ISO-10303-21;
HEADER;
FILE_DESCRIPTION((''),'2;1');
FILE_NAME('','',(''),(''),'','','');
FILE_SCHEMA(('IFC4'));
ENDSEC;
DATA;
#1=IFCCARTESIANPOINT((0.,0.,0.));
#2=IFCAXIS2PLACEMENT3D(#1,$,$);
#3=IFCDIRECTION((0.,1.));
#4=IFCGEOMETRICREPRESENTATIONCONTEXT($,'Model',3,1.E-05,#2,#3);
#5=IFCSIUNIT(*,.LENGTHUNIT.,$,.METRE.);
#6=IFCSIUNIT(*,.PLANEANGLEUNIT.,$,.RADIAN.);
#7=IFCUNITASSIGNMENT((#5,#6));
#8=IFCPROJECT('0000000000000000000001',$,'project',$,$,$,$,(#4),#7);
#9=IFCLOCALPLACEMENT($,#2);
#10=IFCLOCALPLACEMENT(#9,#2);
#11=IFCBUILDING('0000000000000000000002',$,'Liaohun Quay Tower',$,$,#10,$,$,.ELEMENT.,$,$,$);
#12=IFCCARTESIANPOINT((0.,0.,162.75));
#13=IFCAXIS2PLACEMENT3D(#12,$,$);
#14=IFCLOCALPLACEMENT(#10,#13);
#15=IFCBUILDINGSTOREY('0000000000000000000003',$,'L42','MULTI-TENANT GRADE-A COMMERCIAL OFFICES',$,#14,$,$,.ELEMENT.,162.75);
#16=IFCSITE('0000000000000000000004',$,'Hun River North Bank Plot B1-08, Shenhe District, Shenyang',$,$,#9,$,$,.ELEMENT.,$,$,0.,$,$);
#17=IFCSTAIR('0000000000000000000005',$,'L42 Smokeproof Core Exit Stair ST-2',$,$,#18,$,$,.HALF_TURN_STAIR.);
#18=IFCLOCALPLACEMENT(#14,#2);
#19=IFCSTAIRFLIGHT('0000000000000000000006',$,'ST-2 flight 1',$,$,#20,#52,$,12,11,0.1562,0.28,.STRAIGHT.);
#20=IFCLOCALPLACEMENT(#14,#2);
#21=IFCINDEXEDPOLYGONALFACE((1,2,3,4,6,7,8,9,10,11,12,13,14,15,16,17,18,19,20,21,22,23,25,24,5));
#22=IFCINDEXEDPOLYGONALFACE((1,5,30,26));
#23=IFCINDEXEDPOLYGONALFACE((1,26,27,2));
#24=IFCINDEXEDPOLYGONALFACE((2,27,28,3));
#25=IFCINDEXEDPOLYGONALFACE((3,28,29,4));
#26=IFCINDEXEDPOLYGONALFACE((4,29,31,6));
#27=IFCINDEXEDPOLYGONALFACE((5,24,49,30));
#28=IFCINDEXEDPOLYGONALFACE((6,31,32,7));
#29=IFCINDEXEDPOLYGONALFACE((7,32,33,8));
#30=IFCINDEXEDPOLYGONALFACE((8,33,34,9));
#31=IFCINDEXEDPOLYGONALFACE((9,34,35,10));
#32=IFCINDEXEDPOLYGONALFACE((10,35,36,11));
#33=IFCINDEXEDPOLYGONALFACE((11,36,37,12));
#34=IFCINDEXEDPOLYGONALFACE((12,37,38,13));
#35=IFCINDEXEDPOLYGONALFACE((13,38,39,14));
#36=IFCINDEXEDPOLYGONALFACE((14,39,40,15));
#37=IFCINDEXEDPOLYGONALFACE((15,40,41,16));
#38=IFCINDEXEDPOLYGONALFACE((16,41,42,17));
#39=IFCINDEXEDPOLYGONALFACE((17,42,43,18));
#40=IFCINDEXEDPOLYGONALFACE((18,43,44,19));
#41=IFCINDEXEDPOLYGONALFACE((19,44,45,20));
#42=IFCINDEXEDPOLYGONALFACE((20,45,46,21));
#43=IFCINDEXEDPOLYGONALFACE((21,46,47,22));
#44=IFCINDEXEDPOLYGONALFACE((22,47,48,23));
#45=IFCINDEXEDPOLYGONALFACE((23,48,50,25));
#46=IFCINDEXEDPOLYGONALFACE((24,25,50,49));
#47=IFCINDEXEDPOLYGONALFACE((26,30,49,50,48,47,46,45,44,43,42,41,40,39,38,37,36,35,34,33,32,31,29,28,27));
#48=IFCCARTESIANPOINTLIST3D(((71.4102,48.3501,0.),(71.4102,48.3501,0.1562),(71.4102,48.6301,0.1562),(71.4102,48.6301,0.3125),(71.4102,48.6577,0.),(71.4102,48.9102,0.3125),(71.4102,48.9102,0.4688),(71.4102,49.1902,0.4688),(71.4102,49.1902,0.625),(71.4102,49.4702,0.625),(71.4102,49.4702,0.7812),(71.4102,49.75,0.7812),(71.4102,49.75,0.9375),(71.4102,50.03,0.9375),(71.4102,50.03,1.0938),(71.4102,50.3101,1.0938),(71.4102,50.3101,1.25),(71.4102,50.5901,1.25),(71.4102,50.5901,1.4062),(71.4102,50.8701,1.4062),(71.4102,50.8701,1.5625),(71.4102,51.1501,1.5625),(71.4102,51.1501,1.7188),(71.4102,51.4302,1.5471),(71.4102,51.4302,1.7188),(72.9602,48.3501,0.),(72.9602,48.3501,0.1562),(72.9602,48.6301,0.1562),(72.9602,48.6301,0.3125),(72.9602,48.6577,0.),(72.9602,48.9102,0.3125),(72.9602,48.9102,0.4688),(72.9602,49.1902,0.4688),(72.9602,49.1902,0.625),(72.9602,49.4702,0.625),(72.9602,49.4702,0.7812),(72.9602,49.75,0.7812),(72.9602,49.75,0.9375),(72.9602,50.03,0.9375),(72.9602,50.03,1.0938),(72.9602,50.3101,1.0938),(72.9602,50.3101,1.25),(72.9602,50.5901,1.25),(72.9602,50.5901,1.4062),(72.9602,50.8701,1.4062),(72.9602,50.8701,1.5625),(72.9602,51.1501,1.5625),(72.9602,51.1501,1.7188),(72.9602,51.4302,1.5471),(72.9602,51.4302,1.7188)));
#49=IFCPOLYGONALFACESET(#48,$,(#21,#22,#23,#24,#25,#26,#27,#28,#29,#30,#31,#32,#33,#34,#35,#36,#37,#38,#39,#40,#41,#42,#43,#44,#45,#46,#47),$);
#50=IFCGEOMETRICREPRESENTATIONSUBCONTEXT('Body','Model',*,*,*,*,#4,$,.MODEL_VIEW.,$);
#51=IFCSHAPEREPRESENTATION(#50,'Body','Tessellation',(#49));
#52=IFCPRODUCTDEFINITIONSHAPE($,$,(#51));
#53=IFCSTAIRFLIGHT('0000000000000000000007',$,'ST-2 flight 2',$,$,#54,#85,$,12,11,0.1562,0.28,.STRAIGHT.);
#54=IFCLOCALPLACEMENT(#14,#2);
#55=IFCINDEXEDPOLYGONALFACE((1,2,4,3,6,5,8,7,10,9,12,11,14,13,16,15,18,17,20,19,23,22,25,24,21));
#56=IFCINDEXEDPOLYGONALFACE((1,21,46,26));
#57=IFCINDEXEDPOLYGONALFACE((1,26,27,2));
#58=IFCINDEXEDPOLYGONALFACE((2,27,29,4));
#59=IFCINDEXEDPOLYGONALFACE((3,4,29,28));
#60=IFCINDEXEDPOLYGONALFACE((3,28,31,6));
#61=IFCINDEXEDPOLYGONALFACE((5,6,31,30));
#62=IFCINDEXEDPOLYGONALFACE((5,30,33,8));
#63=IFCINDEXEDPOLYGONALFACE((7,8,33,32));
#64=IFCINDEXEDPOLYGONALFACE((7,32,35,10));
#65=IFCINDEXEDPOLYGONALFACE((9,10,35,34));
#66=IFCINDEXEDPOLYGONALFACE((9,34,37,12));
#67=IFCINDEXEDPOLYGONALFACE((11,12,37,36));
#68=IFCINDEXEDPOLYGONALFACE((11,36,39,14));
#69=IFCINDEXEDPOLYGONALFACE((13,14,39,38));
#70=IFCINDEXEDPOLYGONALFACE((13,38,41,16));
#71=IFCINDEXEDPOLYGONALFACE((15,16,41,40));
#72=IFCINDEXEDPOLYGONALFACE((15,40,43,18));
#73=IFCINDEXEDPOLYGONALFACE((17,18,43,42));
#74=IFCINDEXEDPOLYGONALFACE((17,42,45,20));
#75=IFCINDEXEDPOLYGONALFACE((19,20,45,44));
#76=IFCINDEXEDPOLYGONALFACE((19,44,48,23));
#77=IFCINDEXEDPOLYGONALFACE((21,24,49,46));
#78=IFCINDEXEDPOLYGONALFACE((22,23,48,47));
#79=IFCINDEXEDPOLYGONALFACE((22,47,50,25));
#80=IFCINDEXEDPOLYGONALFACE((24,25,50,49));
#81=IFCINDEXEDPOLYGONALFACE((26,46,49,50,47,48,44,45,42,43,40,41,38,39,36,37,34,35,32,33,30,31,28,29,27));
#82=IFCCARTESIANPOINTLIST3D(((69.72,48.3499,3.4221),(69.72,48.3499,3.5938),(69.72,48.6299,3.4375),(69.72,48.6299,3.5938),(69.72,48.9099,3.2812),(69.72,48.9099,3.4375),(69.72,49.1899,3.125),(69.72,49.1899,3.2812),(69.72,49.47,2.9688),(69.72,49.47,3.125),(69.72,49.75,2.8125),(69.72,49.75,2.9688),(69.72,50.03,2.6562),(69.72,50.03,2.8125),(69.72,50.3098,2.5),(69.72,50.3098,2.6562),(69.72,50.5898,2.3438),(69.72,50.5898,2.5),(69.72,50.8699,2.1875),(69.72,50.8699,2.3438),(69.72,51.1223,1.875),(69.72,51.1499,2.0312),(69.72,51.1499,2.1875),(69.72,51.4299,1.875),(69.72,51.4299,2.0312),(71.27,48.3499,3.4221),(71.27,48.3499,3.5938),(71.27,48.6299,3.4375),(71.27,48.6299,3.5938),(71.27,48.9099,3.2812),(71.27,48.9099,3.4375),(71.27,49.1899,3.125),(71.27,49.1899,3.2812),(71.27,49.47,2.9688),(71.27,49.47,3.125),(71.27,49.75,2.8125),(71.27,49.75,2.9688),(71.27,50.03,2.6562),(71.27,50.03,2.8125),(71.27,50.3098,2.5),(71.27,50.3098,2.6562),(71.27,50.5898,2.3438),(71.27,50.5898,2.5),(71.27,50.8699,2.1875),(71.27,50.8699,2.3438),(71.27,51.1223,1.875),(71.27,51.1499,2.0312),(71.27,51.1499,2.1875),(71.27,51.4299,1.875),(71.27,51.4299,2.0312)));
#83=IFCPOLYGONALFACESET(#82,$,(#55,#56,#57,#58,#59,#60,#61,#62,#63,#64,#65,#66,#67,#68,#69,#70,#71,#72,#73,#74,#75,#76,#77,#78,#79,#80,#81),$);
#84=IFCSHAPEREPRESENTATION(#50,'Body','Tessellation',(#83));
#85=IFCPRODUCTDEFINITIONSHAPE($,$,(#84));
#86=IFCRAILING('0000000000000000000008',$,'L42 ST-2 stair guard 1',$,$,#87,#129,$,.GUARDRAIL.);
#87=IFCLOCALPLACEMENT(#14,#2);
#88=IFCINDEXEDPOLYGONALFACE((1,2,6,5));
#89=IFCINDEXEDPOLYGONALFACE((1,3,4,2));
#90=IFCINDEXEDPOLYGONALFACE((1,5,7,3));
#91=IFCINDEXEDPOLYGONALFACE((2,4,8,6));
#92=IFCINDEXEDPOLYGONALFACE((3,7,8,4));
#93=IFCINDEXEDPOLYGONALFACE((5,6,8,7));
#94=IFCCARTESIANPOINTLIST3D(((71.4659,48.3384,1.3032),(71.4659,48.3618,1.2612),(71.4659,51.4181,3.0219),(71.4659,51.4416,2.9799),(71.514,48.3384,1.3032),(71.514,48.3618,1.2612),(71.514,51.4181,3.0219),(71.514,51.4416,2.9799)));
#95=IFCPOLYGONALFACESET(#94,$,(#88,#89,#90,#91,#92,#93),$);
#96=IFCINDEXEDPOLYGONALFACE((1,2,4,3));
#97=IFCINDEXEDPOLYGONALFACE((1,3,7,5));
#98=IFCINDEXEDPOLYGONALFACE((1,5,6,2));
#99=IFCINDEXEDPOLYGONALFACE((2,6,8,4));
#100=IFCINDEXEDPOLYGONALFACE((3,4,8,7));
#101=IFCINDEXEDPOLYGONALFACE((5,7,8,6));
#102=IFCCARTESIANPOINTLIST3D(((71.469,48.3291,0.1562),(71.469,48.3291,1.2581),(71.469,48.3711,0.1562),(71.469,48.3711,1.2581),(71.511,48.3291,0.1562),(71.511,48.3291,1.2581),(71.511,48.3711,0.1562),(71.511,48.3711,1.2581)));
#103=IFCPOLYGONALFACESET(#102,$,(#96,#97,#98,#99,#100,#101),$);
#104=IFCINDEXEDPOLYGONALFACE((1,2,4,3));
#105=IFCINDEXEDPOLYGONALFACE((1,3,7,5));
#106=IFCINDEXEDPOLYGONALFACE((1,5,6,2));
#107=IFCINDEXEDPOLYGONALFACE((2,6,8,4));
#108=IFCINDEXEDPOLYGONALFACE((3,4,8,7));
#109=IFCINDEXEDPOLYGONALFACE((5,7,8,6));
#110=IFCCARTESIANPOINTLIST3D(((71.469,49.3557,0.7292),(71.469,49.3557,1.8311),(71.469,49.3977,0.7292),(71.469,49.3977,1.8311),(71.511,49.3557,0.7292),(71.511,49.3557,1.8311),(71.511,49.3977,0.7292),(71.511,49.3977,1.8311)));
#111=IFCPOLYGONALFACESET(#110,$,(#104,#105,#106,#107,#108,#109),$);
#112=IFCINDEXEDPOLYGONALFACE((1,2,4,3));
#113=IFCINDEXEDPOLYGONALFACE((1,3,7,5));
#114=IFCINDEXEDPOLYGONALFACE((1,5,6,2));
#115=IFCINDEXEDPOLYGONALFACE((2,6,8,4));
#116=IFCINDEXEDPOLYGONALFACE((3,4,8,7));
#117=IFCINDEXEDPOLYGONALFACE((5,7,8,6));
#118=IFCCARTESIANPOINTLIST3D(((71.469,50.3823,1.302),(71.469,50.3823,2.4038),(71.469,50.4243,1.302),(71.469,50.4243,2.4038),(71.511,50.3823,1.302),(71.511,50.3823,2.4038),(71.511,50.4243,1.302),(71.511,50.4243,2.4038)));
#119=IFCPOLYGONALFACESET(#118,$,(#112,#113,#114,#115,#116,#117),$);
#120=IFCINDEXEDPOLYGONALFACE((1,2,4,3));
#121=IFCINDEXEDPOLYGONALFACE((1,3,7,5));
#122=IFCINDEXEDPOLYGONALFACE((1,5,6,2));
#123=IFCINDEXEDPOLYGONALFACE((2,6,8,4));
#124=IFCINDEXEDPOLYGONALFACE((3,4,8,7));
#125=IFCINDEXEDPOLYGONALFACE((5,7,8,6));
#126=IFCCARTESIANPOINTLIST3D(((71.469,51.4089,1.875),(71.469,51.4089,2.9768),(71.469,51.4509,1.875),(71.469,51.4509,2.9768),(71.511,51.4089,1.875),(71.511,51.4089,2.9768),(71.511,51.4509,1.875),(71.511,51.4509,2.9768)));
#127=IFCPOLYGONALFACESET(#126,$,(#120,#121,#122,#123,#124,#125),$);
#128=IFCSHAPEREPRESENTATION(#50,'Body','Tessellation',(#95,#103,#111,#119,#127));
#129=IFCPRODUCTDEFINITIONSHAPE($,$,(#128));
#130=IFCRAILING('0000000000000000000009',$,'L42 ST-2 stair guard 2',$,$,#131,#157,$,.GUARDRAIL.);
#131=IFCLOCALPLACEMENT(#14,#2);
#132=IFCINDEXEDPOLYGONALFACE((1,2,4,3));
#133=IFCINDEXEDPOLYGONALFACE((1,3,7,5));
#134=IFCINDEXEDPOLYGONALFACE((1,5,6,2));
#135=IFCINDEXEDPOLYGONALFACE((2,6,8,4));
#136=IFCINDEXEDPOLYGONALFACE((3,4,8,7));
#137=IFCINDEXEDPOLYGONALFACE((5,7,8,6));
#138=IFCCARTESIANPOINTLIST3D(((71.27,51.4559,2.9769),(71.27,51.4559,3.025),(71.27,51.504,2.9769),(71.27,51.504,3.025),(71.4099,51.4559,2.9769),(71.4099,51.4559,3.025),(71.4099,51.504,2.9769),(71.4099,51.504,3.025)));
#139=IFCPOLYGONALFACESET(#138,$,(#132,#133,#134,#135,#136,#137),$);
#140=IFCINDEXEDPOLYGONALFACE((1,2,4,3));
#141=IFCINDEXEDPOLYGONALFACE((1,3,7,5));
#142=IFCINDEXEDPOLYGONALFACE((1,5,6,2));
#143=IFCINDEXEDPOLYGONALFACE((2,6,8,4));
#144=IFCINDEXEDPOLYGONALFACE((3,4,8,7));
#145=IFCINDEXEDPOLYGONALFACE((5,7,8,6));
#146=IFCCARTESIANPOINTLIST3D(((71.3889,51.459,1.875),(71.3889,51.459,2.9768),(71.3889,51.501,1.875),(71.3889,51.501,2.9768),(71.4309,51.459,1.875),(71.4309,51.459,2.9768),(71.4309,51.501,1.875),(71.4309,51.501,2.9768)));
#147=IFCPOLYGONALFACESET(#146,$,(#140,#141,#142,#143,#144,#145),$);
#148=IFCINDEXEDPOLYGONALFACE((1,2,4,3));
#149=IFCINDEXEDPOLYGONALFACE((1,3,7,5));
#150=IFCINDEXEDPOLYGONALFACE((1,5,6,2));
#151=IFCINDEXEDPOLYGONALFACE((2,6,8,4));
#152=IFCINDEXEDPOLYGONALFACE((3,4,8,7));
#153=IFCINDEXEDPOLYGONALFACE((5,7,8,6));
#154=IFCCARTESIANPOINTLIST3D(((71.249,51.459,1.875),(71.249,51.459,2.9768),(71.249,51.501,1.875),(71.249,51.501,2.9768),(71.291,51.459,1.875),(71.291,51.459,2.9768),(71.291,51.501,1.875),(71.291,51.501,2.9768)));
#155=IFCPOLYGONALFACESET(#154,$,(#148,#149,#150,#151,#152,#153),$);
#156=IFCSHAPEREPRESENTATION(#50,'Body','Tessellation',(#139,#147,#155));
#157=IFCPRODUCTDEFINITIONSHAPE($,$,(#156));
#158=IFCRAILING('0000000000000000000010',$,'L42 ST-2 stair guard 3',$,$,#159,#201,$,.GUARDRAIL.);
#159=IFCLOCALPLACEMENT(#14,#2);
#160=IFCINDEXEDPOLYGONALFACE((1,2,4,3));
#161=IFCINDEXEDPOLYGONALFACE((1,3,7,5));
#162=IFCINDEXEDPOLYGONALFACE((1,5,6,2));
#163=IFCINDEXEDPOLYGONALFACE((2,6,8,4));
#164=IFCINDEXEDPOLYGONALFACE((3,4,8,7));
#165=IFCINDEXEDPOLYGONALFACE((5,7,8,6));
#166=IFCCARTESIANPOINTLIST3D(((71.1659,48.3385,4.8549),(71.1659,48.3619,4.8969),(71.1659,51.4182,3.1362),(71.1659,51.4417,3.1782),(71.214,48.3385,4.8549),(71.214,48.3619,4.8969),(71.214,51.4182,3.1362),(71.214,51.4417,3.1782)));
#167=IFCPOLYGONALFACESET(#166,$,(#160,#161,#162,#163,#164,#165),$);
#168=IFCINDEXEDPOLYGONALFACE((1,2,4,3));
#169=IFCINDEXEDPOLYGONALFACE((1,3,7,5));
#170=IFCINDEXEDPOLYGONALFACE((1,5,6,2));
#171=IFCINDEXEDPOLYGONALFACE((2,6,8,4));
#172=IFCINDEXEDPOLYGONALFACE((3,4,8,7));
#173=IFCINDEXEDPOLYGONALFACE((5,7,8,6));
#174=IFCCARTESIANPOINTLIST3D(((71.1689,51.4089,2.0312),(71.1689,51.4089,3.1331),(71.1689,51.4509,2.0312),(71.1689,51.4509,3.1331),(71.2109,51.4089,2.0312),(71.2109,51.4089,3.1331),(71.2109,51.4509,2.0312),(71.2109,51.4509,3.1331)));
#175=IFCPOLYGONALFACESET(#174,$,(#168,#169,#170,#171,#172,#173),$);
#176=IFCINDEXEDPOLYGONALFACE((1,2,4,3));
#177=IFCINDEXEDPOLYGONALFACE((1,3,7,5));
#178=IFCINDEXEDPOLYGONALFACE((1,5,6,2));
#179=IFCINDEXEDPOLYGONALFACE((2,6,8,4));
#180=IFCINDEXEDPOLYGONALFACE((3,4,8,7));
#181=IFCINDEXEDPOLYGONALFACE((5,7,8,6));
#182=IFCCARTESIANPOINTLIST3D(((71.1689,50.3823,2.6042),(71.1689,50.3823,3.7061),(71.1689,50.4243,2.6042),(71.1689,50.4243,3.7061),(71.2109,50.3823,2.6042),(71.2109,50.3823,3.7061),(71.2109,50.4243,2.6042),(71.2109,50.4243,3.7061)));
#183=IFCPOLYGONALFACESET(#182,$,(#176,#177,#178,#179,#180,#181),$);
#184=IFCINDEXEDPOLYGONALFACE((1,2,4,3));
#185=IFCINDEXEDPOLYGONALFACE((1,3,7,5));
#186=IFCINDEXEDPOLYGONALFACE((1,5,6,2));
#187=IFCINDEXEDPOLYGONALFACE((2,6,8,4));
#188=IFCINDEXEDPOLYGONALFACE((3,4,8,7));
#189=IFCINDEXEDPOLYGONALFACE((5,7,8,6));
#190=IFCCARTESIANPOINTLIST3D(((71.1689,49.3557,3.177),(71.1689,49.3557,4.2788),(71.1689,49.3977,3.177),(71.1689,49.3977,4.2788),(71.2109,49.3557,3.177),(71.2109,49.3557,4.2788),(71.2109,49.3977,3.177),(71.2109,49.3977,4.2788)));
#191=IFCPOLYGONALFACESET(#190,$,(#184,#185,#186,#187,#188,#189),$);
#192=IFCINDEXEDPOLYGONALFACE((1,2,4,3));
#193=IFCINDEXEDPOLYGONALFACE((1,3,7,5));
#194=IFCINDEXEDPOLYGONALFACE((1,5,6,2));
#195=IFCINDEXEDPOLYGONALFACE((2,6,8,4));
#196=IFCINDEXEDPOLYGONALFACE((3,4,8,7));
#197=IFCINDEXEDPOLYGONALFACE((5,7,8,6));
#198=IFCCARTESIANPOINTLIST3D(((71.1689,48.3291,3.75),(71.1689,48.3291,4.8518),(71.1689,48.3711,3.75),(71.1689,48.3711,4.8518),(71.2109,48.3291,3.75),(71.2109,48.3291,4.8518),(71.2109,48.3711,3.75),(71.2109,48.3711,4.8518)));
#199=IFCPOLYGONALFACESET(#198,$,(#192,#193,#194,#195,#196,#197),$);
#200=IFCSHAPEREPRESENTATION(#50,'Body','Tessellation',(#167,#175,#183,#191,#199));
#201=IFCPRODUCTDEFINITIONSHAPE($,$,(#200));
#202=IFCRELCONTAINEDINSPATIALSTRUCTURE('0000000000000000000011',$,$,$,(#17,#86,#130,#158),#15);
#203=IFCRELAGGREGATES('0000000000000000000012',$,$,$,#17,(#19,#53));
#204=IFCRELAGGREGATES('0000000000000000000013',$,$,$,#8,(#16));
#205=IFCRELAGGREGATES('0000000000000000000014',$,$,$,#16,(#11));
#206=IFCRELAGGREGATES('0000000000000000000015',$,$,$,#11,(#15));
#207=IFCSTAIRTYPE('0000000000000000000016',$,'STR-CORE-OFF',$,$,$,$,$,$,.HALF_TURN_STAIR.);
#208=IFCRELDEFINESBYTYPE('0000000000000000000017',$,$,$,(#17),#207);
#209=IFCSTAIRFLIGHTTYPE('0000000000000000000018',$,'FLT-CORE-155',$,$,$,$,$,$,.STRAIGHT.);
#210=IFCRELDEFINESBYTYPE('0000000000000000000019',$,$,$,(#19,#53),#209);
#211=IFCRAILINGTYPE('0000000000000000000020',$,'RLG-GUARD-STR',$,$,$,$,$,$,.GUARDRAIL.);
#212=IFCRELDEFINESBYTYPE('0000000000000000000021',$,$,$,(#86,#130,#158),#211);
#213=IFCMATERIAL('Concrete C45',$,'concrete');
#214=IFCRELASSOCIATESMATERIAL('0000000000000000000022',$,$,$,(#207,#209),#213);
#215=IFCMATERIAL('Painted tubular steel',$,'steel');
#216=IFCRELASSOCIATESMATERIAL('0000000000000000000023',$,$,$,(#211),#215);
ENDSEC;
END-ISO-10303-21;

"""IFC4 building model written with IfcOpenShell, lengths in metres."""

from ifc_helpers import new_model, si_unit, direction, frame, origin, origin_2d, place, context, subcontext, project, spatial, polyline, rectangle, outline, extrude, material, type_object, element, aggregate, save


model = new_model("IFC4")

# Units and contexts
model_context = context("Model", 3, precision=1e-05, world=origin(), true_north=direction((0.0, 1.0)))
body_context = subcontext(model_context, "Body", "Model", "MODEL_VIEW")
ifc_project = project(units=[si_unit("LENGTHUNIT", "METRE"), si_unit("PLANEANGLEUNIT", "RADIAN")], contexts=[model_context])

# Site, building, storey
site_placement = place(None, origin())
site = spatial("IfcSite", under=ifc_project, at=site_placement, Name="Hun River North Bank Plot B1-08, Shenhe District, Shenyang", CompositionType="ELEMENT", RefElevation=0.0)
building_placement = place(site_placement, origin())
building = spatial("IfcBuilding", under=site, at=building_placement, Name="Liaohun Quay Tower", CompositionType="ELEMENT")
storey_placement = place(building_placement, frame((0.0, 0.0, 162.75)))
storey = spatial("IfcBuildingStorey", under=building, at=storey_placement, Name="L42", Description="MULTI-TENANT GRADE-A COMMERCIAL OFFICES", CompositionType="ELEMENT", Elevation=162.75)

# Stair, stair flights
ifc_material_1 = material(Name="Concrete C45", Category="concrete")
stair_type = type_object("IfcStairType", Name="STR-CORE-OFF", PredefinedType="HALF_TURN_STAIR", material=ifc_material_1)
stair_placement = place(storey_placement, origin())
stair = element("IfcStair", 1, at=stair_placement, inside=storey, type_object=stair_type, Name="L42 Smokeproof Core Exit Stair ST-2", PredefinedType="HALF_TURN_STAIR")
stair_flight_type = type_object("IfcStairFlightType", Name="FLT-CORE-155", PredefinedType="STRAIGHT", material=ifc_material_1)
stair_flight_1_placement = place(storey_placement, frame((72.1851, 48.3501, 0.0), z_axis=(0.0, 0.0, 1.0), x_axis=(0.0, 1.0, 0.0)))
stair_flight_1 = element("IfcStairFlight", 2, at=stair_flight_1_placement, type_object=stair_flight_type, Name="ST-2 flight 1", NumberOfRisers=12, NumberOfTreads=11, PredefinedType="STRAIGHT", RiserHeight=0.1562, TreadLength=0.28, context=body_context, shape_type="SweptSolid", body=[
    extrude(outline(polyline([(0.0, 0.0), (0.0, 0.1562), (0.28, 0.1562), (0.28, 0.3125), (0.5601, 0.3125), (0.5601, 0.4688), (0.8401, 0.4688), (0.8401, 0.625), (1.1201, 0.625), (1.1201, 0.7812), (1.3999, 0.7812), (1.3999, 0.9375), (1.6799, 0.9375), (1.6799, 1.0938), (1.96, 1.0938), (1.96, 1.25), (2.24, 1.25), (2.24, 1.4062), (2.52, 1.4062), (2.52, 1.5625), (2.8, 1.5625), (2.8, 1.7188), (3.0801, 1.7188), (3.0801, 1.875), (3.0801, 1.5471), (0.3076, 0.0), (0.0, 0.0)])), frame((0.0, 0.7749, 0.0), z_axis=(0.0, -1.0, 0.0), x_axis=(1.0, 0.0, 0.0)), (0.0, 0.0, 1.0), 1.55),
])
stair_flight_2_placement = place(storey_placement, frame((70.4951, 51.4299, 1.875), z_axis=(0.0, 0.0, 1.0), x_axis=(0.0, -1.0, 0.0)))
stair_flight_2 = element("IfcStairFlight", 3, at=stair_flight_2_placement, type_object=stair_flight_type, Name="ST-2 flight 2", NumberOfRisers=12, NumberOfTreads=11, PredefinedType="STRAIGHT", RiserHeight=0.1562, TreadLength=0.28, context=body_context, shape_type="SweptSolid", body=[
    extrude(outline(polyline([(0.0, 0.0), (0.0, 0.1562), (0.28, 0.1562), (0.28, 0.3125), (0.5601, 0.3125), (0.5601, 0.4688), (0.8401, 0.4688), (0.8401, 0.625), (1.1201, 0.625), (1.1201, 0.7812), (1.3999, 0.7812), (1.3999, 0.9375), (1.6799, 0.9375), (1.6799, 1.0938), (1.96, 1.0938), (1.96, 1.25), (2.24, 1.25), (2.24, 1.4062), (2.52, 1.4062), (2.52, 1.5625), (2.8, 1.5625), (2.8, 1.7188), (3.0801, 1.7188), (3.0801, 1.875), (3.0801, 1.5471), (0.3076, 0.0), (0.0, 0.0)])), frame((0.0, 0.7749, 0.0), z_axis=(0.0, -1.0, 0.0), x_axis=(1.0, 0.0, 0.0)), (0.0, 0.0, 1.0), 1.55),
])
aggregate(stair, [stair_flight_1, stair_flight_2])

# Railings
ifc_material_2 = material(Name="Painted tubular steel", Category="steel")
railing_type_1 = type_object("IfcRailingType", Name="RLG-GUARD-STR", PredefinedType="GUARDRAIL", material=ifc_material_2)
railing_1_placement = place(storey_placement, frame((71.49, 48.3501, 0.1562)))
element("IfcRailing", 4, at=railing_1_placement, inside=storey, type_object=railing_type_1, Name="L42 ST-2 stair guard 1", PredefinedType="GUARDRAIL", context=body_context, shape_type="SweptSolid", body=[
    extrude(rectangle(XDim=0.0481, YDim=0.0481, at=origin_2d()), frame((0.0, 0.0, 1.126), z_axis=(0.0, 0.873225, 0.487317), x_axis=(-1.0, 0.0, 0.0)), (0.0, 0.0, 1.0), 3.5269),
    extrude(rectangle(XDim=0.042, YDim=0.042, at=origin_2d()), origin(), (0.0, 0.0, 1.0), 1.1018),
    extrude(rectangle(XDim=0.042, YDim=0.042, at=origin_2d()), frame((0.0, 1.0266, 0.573)), (0.0, 0.0, 1.0), 1.1018),
    extrude(rectangle(XDim=0.042, YDim=0.042, at=origin_2d()), frame((0.0, 2.0532, 1.1458)), (0.0, 0.0, 1.0), 1.1018),
    extrude(rectangle(XDim=0.042, YDim=0.042, at=origin_2d()), frame((0.0, 3.0798, 1.7188)), (0.0, 0.0, 1.0), 1.1018),
])
railing_2_placement = place(storey_placement, frame((71.4099, 51.48, 1.875)))
element("IfcRailing", 5, at=railing_2_placement, inside=storey, type_object=railing_type_1, Name="L42 ST-2 stair guard 2", PredefinedType="GUARDRAIL", context=body_context, shape_type="SweptSolid", body=[
    extrude(rectangle(XDim=0.0481, YDim=0.0481, at=origin_2d()), frame((0.0, 0.0, 1.126), z_axis=(-1.0, 0.0, 0.0), x_axis=(0.0, -1.0, 0.0)), (0.0, 0.0, 1.0), 0.1399),
    extrude(rectangle(XDim=0.042, YDim=0.042, at=origin_2d()), origin(), (0.0, 0.0, 1.0), 1.1018),
    extrude(rectangle(XDim=0.042, YDim=0.042, at=origin_2d()), frame((-0.1399, 0.0, 0.0)), (0.0, 0.0, 1.0), 1.1018),
])
railing_3_placement = place(storey_placement, frame((71.1899, 51.4299, 2.0312)))
element("IfcRailing", 6, at=railing_3_placement, inside=storey, type_object=railing_type_1, Name="L42 ST-2 stair guard 3", PredefinedType="GUARDRAIL", context=body_context, shape_type="SweptSolid", body=[
    extrude(rectangle(XDim=0.0481, YDim=0.0481, at=origin_2d()), frame((0.0, 0.0, 1.126), z_axis=(0.0, -0.873225, 0.487317), x_axis=(1.0, 0.0, 0.0)), (0.0, 0.0, 1.0), 3.5269),
    extrude(rectangle(XDim=0.042, YDim=0.042, at=origin_2d()), origin(), (0.0, 0.0, 1.0), 1.1018),
    extrude(rectangle(XDim=0.042, YDim=0.042, at=origin_2d()), frame((0.0, -1.0266, 0.573)), (0.0, 0.0, 1.0), 1.1018),
    extrude(rectangle(XDim=0.042, YDim=0.042, at=origin_2d()), frame((0.0, -2.0532, 1.1458)), (0.0, 0.0, 1.0), 1.1018),
    extrude(rectangle(XDim=0.042, YDim=0.042, at=origin_2d()), frame((0.0, -3.0798, 1.7188)), (0.0, 0.0, 1.0), 1.1018),
])

save(model, "model.ifc")
